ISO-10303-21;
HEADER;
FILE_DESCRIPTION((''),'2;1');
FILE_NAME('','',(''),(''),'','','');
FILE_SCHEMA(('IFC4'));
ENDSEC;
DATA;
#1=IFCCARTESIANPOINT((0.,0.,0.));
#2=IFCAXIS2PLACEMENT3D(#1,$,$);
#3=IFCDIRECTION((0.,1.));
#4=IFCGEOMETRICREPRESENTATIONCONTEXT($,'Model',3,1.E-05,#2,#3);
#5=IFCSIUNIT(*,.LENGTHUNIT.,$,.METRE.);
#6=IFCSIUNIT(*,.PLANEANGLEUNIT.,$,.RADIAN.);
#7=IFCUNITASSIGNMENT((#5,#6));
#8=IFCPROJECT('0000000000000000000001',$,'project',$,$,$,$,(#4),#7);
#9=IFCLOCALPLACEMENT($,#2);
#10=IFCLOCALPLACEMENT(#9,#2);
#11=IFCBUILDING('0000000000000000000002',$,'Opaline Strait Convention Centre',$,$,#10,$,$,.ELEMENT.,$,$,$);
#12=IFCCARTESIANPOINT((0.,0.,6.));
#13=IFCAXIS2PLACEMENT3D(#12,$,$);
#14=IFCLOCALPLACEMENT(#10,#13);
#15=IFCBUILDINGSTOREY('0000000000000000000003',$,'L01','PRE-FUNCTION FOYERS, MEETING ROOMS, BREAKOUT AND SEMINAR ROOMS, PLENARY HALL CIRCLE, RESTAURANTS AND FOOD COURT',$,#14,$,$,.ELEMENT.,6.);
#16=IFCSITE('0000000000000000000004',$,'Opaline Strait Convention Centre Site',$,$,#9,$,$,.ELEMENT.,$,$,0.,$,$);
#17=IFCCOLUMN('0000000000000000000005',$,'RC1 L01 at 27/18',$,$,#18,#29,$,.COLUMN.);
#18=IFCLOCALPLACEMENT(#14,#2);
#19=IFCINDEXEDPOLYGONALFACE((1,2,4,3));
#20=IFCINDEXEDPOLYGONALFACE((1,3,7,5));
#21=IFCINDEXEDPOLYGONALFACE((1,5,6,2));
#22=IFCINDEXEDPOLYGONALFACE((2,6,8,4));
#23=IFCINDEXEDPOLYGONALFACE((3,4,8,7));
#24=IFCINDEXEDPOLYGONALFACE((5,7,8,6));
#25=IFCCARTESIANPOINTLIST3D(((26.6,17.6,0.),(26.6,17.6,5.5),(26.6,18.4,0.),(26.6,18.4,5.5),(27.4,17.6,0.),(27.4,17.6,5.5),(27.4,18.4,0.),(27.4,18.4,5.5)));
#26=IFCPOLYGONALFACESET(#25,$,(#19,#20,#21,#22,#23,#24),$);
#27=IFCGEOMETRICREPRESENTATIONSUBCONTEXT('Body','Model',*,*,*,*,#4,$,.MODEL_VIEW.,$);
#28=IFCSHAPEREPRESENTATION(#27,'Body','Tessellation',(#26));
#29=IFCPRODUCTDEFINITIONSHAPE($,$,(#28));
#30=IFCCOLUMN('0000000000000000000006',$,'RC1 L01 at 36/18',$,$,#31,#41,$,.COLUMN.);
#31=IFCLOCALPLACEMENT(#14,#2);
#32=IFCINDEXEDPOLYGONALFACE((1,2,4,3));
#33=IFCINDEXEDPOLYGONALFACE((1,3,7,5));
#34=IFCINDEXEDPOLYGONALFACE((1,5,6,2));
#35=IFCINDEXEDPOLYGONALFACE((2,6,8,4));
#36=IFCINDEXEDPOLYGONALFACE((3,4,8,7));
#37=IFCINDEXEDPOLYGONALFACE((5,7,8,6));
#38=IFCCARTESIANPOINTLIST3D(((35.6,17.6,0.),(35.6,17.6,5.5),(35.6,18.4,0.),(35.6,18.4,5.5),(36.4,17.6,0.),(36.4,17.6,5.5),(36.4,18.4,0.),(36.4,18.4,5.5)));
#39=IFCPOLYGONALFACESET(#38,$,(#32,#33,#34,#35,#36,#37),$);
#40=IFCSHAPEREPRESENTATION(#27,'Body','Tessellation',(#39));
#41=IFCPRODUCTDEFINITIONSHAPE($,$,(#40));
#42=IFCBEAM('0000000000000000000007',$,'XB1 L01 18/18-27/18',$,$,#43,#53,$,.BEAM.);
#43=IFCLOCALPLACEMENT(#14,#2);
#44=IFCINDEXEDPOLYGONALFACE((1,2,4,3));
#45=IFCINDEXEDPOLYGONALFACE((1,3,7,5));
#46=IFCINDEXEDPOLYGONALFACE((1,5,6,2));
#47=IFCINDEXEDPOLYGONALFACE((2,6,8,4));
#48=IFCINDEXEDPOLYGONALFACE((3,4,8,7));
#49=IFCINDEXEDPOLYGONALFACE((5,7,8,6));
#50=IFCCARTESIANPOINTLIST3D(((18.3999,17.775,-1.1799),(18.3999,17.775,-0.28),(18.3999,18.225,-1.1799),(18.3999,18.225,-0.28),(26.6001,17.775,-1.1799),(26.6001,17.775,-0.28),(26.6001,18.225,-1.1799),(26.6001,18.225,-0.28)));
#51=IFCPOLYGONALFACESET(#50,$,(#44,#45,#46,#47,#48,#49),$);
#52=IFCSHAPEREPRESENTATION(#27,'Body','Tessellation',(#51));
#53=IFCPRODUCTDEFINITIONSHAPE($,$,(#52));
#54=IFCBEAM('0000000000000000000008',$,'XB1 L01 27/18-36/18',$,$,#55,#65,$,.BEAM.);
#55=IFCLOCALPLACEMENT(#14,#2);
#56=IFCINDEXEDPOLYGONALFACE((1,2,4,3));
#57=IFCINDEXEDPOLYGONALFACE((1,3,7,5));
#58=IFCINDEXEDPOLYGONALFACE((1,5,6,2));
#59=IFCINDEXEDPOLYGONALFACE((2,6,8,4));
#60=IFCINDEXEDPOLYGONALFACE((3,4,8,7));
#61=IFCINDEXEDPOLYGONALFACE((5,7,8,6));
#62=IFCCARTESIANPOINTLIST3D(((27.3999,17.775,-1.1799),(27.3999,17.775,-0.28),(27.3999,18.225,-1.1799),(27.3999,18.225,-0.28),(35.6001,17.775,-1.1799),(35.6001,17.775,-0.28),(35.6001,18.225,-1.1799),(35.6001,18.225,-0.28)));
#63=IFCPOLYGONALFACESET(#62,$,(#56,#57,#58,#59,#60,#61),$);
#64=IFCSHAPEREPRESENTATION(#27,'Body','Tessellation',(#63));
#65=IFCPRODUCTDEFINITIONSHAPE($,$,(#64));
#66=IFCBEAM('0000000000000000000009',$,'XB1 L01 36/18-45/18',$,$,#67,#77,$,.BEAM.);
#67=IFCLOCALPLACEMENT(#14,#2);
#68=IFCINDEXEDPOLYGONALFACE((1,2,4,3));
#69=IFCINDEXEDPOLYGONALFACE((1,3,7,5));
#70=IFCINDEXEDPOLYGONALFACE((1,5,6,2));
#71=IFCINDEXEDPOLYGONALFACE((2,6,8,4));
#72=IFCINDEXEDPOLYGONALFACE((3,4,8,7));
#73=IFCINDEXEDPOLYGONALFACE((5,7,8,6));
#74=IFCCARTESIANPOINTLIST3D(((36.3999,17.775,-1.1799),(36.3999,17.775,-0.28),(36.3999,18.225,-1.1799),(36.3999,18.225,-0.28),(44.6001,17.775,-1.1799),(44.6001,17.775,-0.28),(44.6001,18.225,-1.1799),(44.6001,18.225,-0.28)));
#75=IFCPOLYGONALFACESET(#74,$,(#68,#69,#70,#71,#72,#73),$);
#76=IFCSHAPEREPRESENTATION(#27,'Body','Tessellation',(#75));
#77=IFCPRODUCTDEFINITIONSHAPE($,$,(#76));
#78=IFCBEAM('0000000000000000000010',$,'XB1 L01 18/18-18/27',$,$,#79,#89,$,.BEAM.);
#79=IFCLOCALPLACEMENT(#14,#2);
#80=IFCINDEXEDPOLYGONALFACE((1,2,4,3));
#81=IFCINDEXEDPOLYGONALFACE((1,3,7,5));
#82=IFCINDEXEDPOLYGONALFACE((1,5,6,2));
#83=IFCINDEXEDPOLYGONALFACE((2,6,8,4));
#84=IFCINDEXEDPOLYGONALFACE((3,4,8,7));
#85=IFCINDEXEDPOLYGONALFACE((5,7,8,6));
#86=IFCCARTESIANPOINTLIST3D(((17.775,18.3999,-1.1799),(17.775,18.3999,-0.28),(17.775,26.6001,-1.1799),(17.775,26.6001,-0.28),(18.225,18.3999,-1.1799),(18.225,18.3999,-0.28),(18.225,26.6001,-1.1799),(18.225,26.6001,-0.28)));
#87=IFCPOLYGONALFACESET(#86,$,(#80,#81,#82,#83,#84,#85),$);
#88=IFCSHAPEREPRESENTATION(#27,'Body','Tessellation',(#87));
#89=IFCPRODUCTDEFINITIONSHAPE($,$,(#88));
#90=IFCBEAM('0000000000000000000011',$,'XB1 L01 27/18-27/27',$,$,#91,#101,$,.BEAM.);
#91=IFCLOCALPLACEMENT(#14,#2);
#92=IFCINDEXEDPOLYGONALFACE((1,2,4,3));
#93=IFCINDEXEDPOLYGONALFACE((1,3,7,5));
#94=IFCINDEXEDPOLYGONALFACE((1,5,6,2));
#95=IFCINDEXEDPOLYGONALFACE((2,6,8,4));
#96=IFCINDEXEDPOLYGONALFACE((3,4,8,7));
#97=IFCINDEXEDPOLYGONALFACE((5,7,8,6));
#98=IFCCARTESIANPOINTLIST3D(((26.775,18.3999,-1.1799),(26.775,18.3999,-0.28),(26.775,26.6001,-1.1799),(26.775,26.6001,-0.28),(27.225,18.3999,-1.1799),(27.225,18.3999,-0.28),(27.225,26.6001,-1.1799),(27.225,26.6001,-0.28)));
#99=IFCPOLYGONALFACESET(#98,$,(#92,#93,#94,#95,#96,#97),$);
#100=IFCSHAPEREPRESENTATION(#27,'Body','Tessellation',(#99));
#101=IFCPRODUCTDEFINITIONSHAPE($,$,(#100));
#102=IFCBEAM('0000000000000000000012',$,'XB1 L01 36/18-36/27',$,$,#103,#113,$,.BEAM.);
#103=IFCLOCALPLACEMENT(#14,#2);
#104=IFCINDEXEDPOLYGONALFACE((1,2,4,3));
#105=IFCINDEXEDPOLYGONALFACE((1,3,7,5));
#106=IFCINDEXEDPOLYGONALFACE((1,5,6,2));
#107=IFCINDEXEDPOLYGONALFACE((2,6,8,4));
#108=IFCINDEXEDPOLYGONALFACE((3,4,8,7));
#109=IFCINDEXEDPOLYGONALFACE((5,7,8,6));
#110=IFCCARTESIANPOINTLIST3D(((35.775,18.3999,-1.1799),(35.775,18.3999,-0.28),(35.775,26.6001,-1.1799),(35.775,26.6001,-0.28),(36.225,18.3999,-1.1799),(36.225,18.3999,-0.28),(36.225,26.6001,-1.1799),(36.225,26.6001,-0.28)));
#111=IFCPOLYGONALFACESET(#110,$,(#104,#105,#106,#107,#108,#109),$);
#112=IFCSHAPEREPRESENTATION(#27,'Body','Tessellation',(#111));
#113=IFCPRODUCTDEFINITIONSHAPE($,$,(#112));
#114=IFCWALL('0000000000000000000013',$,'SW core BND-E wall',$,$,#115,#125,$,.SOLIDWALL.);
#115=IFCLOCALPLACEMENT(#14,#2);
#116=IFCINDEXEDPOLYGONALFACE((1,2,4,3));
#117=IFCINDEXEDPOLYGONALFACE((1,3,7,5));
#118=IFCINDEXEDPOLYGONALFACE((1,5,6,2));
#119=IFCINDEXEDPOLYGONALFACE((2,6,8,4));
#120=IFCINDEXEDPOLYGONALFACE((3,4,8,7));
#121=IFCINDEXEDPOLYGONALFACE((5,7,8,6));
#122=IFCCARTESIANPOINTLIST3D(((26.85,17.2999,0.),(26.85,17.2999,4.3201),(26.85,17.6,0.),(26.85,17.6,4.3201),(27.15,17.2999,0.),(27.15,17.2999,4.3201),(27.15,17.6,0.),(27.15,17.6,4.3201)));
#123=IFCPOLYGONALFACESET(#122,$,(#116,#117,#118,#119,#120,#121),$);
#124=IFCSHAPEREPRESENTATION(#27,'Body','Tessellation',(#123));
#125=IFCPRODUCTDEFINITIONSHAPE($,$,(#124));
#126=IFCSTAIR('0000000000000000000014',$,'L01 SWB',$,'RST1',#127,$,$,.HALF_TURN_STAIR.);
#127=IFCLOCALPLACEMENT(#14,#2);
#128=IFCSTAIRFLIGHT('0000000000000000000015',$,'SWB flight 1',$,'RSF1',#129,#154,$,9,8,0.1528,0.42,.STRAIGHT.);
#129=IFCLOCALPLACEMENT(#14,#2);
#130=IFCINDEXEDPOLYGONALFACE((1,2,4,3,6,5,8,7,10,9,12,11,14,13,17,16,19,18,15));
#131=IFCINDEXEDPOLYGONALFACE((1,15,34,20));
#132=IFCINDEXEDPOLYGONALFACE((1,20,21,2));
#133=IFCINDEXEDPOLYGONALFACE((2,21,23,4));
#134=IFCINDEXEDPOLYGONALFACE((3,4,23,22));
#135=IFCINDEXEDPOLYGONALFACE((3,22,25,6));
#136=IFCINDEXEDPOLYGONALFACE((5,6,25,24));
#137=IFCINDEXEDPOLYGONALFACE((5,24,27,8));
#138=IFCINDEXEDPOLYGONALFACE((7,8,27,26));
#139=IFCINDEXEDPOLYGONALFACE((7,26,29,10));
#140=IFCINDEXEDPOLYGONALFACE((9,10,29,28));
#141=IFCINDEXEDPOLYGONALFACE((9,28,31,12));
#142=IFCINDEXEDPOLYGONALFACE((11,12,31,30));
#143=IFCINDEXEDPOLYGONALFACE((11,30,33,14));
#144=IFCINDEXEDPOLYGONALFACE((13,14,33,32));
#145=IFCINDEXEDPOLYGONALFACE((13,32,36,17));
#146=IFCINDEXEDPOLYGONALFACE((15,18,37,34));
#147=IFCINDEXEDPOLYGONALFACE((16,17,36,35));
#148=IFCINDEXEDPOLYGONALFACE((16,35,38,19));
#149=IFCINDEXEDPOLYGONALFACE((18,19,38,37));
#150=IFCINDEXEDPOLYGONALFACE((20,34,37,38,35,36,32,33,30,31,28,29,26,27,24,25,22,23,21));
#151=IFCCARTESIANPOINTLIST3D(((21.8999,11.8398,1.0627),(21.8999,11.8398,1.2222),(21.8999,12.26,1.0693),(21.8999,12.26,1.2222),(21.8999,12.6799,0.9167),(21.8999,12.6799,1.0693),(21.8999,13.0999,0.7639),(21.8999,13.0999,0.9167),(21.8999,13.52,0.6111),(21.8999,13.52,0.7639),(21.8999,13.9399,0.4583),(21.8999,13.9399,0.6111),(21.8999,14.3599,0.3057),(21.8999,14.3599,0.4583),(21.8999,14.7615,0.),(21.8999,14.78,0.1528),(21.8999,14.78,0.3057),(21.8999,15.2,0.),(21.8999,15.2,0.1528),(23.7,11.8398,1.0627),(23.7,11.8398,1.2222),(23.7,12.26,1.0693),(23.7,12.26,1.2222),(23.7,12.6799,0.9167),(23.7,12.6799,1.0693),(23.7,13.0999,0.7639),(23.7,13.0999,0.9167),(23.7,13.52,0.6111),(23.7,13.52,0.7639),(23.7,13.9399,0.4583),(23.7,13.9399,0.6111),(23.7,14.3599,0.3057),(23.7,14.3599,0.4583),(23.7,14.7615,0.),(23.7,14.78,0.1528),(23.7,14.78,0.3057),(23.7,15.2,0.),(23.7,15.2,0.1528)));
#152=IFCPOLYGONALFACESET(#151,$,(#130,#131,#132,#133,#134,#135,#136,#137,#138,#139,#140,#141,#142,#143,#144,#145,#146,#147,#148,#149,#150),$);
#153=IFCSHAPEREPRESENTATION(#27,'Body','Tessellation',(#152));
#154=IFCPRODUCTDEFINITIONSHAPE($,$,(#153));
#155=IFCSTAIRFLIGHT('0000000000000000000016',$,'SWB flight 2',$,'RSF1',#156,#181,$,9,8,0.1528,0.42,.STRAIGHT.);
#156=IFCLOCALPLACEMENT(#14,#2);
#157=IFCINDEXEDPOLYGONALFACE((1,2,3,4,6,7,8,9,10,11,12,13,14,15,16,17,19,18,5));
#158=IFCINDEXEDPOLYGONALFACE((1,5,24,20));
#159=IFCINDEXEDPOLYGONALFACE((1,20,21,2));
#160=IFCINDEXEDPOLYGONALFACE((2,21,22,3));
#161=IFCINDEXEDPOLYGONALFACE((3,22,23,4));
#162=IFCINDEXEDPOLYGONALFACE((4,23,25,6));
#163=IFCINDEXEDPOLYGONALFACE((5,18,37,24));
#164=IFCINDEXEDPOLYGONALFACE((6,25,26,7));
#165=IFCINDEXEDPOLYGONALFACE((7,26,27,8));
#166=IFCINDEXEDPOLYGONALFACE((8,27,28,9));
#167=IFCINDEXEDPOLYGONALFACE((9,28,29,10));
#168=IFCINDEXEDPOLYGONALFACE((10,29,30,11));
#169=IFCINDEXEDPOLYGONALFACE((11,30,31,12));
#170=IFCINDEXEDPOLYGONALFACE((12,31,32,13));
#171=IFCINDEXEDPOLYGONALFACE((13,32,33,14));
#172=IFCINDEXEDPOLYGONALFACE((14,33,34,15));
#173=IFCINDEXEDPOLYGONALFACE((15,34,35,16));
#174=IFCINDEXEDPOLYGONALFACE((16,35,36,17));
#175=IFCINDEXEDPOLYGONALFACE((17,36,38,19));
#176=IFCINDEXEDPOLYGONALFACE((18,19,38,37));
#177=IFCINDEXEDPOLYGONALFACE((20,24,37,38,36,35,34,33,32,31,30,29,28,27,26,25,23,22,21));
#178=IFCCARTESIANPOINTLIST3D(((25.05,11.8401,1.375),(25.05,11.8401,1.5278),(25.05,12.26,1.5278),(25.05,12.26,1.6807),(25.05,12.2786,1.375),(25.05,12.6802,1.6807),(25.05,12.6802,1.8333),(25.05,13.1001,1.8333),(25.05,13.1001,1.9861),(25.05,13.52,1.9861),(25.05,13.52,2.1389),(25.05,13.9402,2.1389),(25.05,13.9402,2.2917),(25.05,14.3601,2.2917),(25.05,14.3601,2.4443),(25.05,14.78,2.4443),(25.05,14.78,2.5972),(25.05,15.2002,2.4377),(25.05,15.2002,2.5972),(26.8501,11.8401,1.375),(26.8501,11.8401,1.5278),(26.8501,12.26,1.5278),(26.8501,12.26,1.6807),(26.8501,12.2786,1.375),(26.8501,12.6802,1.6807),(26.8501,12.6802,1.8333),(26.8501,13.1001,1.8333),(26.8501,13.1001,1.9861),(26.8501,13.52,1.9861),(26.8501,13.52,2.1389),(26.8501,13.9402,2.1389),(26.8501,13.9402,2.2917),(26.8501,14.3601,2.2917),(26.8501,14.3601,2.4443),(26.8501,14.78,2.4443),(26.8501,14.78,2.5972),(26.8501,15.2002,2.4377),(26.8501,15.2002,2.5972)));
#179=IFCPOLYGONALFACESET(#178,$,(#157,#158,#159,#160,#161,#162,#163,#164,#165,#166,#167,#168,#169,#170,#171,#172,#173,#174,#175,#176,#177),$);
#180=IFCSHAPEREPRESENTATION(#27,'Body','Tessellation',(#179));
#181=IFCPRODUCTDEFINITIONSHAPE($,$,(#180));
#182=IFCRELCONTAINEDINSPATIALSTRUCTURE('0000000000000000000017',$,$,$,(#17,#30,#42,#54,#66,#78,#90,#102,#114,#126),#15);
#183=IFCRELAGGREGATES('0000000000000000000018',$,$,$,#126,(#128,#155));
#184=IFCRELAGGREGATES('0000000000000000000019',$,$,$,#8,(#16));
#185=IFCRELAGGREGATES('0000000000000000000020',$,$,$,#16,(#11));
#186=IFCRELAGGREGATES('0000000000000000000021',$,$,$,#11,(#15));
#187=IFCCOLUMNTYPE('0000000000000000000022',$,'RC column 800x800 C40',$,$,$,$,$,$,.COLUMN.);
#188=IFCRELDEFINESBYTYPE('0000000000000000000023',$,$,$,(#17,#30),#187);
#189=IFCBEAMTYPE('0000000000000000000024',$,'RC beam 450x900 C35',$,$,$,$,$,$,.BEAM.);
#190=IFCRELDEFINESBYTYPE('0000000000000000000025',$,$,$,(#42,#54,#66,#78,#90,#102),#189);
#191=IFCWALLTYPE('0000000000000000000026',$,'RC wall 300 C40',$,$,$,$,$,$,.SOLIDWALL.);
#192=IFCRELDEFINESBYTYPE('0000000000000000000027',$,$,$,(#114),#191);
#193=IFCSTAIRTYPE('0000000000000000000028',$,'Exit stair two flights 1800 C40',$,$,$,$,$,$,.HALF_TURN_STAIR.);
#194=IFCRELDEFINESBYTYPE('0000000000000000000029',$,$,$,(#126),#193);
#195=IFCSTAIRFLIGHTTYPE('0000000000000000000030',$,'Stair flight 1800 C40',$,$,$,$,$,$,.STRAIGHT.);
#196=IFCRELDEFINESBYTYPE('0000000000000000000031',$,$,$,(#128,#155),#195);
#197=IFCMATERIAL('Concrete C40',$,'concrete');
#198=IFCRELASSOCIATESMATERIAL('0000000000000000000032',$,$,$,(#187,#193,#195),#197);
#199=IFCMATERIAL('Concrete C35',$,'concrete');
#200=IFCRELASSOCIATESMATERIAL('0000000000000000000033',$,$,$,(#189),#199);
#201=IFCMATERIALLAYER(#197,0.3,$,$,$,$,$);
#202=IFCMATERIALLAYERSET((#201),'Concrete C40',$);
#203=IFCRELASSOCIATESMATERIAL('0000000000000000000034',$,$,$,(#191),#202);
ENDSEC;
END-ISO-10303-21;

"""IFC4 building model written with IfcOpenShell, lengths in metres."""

from ifc_helpers import new_model, si_unit, direction, frame, frame_2d, origin, origin_2d, place, context, subcontext, project, spatial, polyline, rectangle, outline, extrude, material, layer, layer_set, material_profile, profile_set, type_object, element, aggregate, save


model = new_model("IFC4")

# Units and contexts
model_context = context("Model", 3, precision=1e-05, world=origin(), true_north=direction((0.0, 1.0)))
body_context = subcontext(model_context, "Body", "Model", "MODEL_VIEW")
ifc_project = project(units=[si_unit("LENGTHUNIT", "METRE"), si_unit("PLANEANGLEUNIT", "RADIAN")], contexts=[model_context])

# Site, building, storey
site_placement = place(None, origin())
site = spatial("IfcSite", under=ifc_project, at=site_placement, Name="Opaline Strait Convention Centre Site", CompositionType="ELEMENT", RefElevation=0.0)
building_placement = place(site_placement, origin())
building = spatial("IfcBuilding", under=site, at=building_placement, Name="Opaline Strait Convention Centre", CompositionType="ELEMENT")
storey_placement = place(building_placement, frame((0.0, 0.0, 6.0)))
storey = spatial("IfcBuildingStorey", under=building, at=storey_placement, Name="L01", Description="PRE-FUNCTION FOYERS, MEETING ROOMS, BREAKOUT AND SEMINAR ROOMS, PLENARY HALL CIRCLE, RESTAURANTS AND FOOD COURT", CompositionType="ELEMENT", Elevation=6.0)

# Columns
ifc_material_1 = material(Name="Concrete C40", Category="concrete")
ifc_material_profile_1 = material_profile(ifc_material_1, rectangle(XDim=0.8, YDim=0.8, at=origin_2d()), Name="RC 800x800")
ifc_profile_set_1 = profile_set([ifc_material_profile_1], Name="Concrete C40")
column_type = type_object("IfcColumnType", Name="RC column 800x800 C40", PredefinedType="COLUMN", material=ifc_profile_set_1)
for number, where, z_axis, x_axis, name in (
    (1, (27.0, 18.0, 0.0), (0.0, 0.0, 1.0), (1.0, 0.0, 0.0), "RC1 L01 at 27/18"),
    (2, (36.0, 18.0, 0.0), (0.0, 0.0, 1.0), (1.0, 0.0, 0.0), "RC1 L01 at 36/18"),
):
    element("IfcColumn", number, at=place(storey_placement, frame(where, z_axis=z_axis, x_axis=x_axis)), inside=storey, type_object=column_type, Name=name, PredefinedType="COLUMN", context=body_context, shape_type="SweptSolid", body=[
        extrude(rectangle(XDim=0.8, YDim=0.8, at=origin_2d()), origin(), (0.0, 0.0, 1.0), 5.5),
    ])

# Beams
ifc_material_2 = material(Name="Concrete C35", Category="concrete")
ifc_material_profile_2 = material_profile(ifc_material_2, rectangle(XDim=0.45, YDim=0.8999, at=origin_2d()), Name="RC 450x900")
ifc_profile_set_2 = profile_set([ifc_material_profile_2], Name="Concrete C35")
beam_type = type_object("IfcBeamType", Name="RC beam 450x900 C35", PredefinedType="BEAM", material=ifc_profile_set_2)
for number, where, z_axis, x_axis, name in (
    (3, (18.3999, 18.0, -0.73), (1.0, 0.0, 0.0), (0.0, 1.0, 0.0), "XB1 L01 18/18-27/18"),
    (4, (27.3999, 18.0, -0.73), (1.0, 0.0, 0.0), (0.0, 1.0, 0.0), "XB1 L01 27/18-36/18"),
    (5, (36.3999, 18.0, -0.73), (1.0, 0.0, 0.0), (0.0, 1.0, 0.0), "XB1 L01 36/18-45/18"),
    (6, (18.0, 18.3999, -0.73), (0.0, 1.0, 0.0), (-1.0, 0.0, 0.0), "XB1 L01 18/18-18/27"),
    (7, (27.0, 18.3999, -0.73), (0.0, 1.0, 0.0), (-1.0, 0.0, 0.0), "XB1 L01 27/18-27/27"),
    (8, (36.0, 18.3999, -0.73), (0.0, 1.0, 0.0), (-1.0, 0.0, 0.0), "XB1 L01 36/18-36/27"),
):
    element("IfcBeam", number, at=place(storey_placement, frame(where, z_axis=z_axis, x_axis=x_axis)), inside=storey, type_object=beam_type, Name=name, PredefinedType="BEAM", context=body_context, shape_type="SweptSolid", body=[
        extrude(rectangle(XDim=0.45, YDim=0.8999, at=origin_2d()), origin(), (0.0, 0.0, 1.0), 8.2002),
    ])

# Shared definitions
ifc_layer = layer(ifc_material_1, 0.3)
ifc_layer_set = layer_set([ifc_layer], Name="Concrete C40")
wall_type = type_object("IfcWallType", Name="RC wall 300 C40", PredefinedType="SOLIDWALL", material=ifc_layer_set)

# Wall
wall_1_placement = place(storey_placement, frame((27.0, 17.3, 0.0), z_axis=(0.0, 0.0, 1.0), x_axis=(0.0, 1.0, 0.0)))
element("IfcWall", 9, at=wall_1_placement, inside=storey, type_object=wall_type, Name="SW core BND-E wall", PredefinedType="SOLIDWALL", context=body_context, shape_type="SweptSolid", body=[
    extrude(rectangle(XDim=0.3, YDim=0.3, at=frame_2d((0.1499, 0.0))), origin(), (0.0, 0.0, 1.0), 4.3201),
])

# Stair, stair flights
stair_type = type_object("IfcStairType", Name="Exit stair two flights 1800 C40", PredefinedType="HALF_TURN_STAIR", material=ifc_material_1)
stair_placement = place(storey_placement, origin())
stair = element("IfcStair", 10, at=stair_placement, inside=storey, type_object=stair_type, Name="L01 SWB", ObjectType="RST1", PredefinedType="HALF_TURN_STAIR")
stair_flight_type = type_object("IfcStairFlightType", Name="Stair flight 1800 C40", PredefinedType="STRAIGHT", material=ifc_material_1)
stair_flight_1_placement = place(storey_placement, frame((22.8, 15.2, 0.0), z_axis=(0.0, 0.0, 1.0), x_axis=(0.0, -1.0, 0.0)))
stair_flight_1 = element("IfcStairFlight", 11, at=stair_flight_1_placement, type_object=stair_flight_type, Name="SWB flight 1", ObjectType="RSF1", NumberOfRisers=9, NumberOfTreads=8, PredefinedType="STRAIGHT", RiserHeight=0.1528, TreadLength=0.42, context=body_context, shape_type="SweptSolid", body=[
    extrude(outline(polyline([(0.0, 0.0), (0.0, 0.1528), (0.4199, 0.1528), (0.4199, 0.3057), (0.8401, 0.3057), (0.8401, 0.4583), (1.26, 0.4583), (1.26, 0.6111), (1.6799, 0.6111), (1.6799, 0.7639), (2.1001, 0.7639), (2.1001, 0.9167), (2.52, 0.9167), (2.52, 1.0693), (2.9399, 1.0693), (2.9399, 1.2222), (3.3601, 1.2222), (3.3601, 1.375), (3.3601, 1.0627), (0.4385, 0.0), (0.0, 0.0)])), frame((0.0, 0.8999, 0.0), z_axis=(0.0, -1.0, 0.0), x_axis=(1.0, 0.0, 0.0)), (0.0, 0.0, 1.0), 1.8),
])
stair_flight_2_placement = place(storey_placement, frame((25.95, 11.8401, 1.375), z_axis=(0.0, 0.0, 1.0), x_axis=(0.0, 1.0, 0.0)))
stair_flight_2 = element("IfcStairFlight", 12, at=stair_flight_2_placement, type_object=stair_flight_type, Name="SWB flight 2", ObjectType="RSF1", NumberOfRisers=9, NumberOfTreads=8, PredefinedType="STRAIGHT", RiserHeight=0.1528, TreadLength=0.42, context=body_context, shape_type="SweptSolid", body=[
    extrude(outline(polyline([(0.0, 0.0), (0.0, 0.1528), (0.4199, 0.1528), (0.4199, 0.3057), (0.8401, 0.3057), (0.8401, 0.4583), (1.26, 0.4583), (1.26, 0.6111), (1.6799, 0.6111), (1.6799, 0.7639), (2.1001, 0.7639), (2.1001, 0.9167), (2.52, 0.9167), (2.52, 1.0693), (2.9399, 1.0693), (2.9399, 1.2222), (3.3601, 1.2222), (3.3601, 1.375), (3.3601, 1.0627), (0.4385, 0.0), (0.0, 0.0)])), frame((0.0, 0.8999, 0.0), z_axis=(0.0, -1.0, 0.0), x_axis=(1.0, 0.0, 0.0)), (0.0, 0.0, 1.0), 1.8),
])
aggregate(stair, [stair_flight_1, stair_flight_2])

save(model, "model.ifc")
